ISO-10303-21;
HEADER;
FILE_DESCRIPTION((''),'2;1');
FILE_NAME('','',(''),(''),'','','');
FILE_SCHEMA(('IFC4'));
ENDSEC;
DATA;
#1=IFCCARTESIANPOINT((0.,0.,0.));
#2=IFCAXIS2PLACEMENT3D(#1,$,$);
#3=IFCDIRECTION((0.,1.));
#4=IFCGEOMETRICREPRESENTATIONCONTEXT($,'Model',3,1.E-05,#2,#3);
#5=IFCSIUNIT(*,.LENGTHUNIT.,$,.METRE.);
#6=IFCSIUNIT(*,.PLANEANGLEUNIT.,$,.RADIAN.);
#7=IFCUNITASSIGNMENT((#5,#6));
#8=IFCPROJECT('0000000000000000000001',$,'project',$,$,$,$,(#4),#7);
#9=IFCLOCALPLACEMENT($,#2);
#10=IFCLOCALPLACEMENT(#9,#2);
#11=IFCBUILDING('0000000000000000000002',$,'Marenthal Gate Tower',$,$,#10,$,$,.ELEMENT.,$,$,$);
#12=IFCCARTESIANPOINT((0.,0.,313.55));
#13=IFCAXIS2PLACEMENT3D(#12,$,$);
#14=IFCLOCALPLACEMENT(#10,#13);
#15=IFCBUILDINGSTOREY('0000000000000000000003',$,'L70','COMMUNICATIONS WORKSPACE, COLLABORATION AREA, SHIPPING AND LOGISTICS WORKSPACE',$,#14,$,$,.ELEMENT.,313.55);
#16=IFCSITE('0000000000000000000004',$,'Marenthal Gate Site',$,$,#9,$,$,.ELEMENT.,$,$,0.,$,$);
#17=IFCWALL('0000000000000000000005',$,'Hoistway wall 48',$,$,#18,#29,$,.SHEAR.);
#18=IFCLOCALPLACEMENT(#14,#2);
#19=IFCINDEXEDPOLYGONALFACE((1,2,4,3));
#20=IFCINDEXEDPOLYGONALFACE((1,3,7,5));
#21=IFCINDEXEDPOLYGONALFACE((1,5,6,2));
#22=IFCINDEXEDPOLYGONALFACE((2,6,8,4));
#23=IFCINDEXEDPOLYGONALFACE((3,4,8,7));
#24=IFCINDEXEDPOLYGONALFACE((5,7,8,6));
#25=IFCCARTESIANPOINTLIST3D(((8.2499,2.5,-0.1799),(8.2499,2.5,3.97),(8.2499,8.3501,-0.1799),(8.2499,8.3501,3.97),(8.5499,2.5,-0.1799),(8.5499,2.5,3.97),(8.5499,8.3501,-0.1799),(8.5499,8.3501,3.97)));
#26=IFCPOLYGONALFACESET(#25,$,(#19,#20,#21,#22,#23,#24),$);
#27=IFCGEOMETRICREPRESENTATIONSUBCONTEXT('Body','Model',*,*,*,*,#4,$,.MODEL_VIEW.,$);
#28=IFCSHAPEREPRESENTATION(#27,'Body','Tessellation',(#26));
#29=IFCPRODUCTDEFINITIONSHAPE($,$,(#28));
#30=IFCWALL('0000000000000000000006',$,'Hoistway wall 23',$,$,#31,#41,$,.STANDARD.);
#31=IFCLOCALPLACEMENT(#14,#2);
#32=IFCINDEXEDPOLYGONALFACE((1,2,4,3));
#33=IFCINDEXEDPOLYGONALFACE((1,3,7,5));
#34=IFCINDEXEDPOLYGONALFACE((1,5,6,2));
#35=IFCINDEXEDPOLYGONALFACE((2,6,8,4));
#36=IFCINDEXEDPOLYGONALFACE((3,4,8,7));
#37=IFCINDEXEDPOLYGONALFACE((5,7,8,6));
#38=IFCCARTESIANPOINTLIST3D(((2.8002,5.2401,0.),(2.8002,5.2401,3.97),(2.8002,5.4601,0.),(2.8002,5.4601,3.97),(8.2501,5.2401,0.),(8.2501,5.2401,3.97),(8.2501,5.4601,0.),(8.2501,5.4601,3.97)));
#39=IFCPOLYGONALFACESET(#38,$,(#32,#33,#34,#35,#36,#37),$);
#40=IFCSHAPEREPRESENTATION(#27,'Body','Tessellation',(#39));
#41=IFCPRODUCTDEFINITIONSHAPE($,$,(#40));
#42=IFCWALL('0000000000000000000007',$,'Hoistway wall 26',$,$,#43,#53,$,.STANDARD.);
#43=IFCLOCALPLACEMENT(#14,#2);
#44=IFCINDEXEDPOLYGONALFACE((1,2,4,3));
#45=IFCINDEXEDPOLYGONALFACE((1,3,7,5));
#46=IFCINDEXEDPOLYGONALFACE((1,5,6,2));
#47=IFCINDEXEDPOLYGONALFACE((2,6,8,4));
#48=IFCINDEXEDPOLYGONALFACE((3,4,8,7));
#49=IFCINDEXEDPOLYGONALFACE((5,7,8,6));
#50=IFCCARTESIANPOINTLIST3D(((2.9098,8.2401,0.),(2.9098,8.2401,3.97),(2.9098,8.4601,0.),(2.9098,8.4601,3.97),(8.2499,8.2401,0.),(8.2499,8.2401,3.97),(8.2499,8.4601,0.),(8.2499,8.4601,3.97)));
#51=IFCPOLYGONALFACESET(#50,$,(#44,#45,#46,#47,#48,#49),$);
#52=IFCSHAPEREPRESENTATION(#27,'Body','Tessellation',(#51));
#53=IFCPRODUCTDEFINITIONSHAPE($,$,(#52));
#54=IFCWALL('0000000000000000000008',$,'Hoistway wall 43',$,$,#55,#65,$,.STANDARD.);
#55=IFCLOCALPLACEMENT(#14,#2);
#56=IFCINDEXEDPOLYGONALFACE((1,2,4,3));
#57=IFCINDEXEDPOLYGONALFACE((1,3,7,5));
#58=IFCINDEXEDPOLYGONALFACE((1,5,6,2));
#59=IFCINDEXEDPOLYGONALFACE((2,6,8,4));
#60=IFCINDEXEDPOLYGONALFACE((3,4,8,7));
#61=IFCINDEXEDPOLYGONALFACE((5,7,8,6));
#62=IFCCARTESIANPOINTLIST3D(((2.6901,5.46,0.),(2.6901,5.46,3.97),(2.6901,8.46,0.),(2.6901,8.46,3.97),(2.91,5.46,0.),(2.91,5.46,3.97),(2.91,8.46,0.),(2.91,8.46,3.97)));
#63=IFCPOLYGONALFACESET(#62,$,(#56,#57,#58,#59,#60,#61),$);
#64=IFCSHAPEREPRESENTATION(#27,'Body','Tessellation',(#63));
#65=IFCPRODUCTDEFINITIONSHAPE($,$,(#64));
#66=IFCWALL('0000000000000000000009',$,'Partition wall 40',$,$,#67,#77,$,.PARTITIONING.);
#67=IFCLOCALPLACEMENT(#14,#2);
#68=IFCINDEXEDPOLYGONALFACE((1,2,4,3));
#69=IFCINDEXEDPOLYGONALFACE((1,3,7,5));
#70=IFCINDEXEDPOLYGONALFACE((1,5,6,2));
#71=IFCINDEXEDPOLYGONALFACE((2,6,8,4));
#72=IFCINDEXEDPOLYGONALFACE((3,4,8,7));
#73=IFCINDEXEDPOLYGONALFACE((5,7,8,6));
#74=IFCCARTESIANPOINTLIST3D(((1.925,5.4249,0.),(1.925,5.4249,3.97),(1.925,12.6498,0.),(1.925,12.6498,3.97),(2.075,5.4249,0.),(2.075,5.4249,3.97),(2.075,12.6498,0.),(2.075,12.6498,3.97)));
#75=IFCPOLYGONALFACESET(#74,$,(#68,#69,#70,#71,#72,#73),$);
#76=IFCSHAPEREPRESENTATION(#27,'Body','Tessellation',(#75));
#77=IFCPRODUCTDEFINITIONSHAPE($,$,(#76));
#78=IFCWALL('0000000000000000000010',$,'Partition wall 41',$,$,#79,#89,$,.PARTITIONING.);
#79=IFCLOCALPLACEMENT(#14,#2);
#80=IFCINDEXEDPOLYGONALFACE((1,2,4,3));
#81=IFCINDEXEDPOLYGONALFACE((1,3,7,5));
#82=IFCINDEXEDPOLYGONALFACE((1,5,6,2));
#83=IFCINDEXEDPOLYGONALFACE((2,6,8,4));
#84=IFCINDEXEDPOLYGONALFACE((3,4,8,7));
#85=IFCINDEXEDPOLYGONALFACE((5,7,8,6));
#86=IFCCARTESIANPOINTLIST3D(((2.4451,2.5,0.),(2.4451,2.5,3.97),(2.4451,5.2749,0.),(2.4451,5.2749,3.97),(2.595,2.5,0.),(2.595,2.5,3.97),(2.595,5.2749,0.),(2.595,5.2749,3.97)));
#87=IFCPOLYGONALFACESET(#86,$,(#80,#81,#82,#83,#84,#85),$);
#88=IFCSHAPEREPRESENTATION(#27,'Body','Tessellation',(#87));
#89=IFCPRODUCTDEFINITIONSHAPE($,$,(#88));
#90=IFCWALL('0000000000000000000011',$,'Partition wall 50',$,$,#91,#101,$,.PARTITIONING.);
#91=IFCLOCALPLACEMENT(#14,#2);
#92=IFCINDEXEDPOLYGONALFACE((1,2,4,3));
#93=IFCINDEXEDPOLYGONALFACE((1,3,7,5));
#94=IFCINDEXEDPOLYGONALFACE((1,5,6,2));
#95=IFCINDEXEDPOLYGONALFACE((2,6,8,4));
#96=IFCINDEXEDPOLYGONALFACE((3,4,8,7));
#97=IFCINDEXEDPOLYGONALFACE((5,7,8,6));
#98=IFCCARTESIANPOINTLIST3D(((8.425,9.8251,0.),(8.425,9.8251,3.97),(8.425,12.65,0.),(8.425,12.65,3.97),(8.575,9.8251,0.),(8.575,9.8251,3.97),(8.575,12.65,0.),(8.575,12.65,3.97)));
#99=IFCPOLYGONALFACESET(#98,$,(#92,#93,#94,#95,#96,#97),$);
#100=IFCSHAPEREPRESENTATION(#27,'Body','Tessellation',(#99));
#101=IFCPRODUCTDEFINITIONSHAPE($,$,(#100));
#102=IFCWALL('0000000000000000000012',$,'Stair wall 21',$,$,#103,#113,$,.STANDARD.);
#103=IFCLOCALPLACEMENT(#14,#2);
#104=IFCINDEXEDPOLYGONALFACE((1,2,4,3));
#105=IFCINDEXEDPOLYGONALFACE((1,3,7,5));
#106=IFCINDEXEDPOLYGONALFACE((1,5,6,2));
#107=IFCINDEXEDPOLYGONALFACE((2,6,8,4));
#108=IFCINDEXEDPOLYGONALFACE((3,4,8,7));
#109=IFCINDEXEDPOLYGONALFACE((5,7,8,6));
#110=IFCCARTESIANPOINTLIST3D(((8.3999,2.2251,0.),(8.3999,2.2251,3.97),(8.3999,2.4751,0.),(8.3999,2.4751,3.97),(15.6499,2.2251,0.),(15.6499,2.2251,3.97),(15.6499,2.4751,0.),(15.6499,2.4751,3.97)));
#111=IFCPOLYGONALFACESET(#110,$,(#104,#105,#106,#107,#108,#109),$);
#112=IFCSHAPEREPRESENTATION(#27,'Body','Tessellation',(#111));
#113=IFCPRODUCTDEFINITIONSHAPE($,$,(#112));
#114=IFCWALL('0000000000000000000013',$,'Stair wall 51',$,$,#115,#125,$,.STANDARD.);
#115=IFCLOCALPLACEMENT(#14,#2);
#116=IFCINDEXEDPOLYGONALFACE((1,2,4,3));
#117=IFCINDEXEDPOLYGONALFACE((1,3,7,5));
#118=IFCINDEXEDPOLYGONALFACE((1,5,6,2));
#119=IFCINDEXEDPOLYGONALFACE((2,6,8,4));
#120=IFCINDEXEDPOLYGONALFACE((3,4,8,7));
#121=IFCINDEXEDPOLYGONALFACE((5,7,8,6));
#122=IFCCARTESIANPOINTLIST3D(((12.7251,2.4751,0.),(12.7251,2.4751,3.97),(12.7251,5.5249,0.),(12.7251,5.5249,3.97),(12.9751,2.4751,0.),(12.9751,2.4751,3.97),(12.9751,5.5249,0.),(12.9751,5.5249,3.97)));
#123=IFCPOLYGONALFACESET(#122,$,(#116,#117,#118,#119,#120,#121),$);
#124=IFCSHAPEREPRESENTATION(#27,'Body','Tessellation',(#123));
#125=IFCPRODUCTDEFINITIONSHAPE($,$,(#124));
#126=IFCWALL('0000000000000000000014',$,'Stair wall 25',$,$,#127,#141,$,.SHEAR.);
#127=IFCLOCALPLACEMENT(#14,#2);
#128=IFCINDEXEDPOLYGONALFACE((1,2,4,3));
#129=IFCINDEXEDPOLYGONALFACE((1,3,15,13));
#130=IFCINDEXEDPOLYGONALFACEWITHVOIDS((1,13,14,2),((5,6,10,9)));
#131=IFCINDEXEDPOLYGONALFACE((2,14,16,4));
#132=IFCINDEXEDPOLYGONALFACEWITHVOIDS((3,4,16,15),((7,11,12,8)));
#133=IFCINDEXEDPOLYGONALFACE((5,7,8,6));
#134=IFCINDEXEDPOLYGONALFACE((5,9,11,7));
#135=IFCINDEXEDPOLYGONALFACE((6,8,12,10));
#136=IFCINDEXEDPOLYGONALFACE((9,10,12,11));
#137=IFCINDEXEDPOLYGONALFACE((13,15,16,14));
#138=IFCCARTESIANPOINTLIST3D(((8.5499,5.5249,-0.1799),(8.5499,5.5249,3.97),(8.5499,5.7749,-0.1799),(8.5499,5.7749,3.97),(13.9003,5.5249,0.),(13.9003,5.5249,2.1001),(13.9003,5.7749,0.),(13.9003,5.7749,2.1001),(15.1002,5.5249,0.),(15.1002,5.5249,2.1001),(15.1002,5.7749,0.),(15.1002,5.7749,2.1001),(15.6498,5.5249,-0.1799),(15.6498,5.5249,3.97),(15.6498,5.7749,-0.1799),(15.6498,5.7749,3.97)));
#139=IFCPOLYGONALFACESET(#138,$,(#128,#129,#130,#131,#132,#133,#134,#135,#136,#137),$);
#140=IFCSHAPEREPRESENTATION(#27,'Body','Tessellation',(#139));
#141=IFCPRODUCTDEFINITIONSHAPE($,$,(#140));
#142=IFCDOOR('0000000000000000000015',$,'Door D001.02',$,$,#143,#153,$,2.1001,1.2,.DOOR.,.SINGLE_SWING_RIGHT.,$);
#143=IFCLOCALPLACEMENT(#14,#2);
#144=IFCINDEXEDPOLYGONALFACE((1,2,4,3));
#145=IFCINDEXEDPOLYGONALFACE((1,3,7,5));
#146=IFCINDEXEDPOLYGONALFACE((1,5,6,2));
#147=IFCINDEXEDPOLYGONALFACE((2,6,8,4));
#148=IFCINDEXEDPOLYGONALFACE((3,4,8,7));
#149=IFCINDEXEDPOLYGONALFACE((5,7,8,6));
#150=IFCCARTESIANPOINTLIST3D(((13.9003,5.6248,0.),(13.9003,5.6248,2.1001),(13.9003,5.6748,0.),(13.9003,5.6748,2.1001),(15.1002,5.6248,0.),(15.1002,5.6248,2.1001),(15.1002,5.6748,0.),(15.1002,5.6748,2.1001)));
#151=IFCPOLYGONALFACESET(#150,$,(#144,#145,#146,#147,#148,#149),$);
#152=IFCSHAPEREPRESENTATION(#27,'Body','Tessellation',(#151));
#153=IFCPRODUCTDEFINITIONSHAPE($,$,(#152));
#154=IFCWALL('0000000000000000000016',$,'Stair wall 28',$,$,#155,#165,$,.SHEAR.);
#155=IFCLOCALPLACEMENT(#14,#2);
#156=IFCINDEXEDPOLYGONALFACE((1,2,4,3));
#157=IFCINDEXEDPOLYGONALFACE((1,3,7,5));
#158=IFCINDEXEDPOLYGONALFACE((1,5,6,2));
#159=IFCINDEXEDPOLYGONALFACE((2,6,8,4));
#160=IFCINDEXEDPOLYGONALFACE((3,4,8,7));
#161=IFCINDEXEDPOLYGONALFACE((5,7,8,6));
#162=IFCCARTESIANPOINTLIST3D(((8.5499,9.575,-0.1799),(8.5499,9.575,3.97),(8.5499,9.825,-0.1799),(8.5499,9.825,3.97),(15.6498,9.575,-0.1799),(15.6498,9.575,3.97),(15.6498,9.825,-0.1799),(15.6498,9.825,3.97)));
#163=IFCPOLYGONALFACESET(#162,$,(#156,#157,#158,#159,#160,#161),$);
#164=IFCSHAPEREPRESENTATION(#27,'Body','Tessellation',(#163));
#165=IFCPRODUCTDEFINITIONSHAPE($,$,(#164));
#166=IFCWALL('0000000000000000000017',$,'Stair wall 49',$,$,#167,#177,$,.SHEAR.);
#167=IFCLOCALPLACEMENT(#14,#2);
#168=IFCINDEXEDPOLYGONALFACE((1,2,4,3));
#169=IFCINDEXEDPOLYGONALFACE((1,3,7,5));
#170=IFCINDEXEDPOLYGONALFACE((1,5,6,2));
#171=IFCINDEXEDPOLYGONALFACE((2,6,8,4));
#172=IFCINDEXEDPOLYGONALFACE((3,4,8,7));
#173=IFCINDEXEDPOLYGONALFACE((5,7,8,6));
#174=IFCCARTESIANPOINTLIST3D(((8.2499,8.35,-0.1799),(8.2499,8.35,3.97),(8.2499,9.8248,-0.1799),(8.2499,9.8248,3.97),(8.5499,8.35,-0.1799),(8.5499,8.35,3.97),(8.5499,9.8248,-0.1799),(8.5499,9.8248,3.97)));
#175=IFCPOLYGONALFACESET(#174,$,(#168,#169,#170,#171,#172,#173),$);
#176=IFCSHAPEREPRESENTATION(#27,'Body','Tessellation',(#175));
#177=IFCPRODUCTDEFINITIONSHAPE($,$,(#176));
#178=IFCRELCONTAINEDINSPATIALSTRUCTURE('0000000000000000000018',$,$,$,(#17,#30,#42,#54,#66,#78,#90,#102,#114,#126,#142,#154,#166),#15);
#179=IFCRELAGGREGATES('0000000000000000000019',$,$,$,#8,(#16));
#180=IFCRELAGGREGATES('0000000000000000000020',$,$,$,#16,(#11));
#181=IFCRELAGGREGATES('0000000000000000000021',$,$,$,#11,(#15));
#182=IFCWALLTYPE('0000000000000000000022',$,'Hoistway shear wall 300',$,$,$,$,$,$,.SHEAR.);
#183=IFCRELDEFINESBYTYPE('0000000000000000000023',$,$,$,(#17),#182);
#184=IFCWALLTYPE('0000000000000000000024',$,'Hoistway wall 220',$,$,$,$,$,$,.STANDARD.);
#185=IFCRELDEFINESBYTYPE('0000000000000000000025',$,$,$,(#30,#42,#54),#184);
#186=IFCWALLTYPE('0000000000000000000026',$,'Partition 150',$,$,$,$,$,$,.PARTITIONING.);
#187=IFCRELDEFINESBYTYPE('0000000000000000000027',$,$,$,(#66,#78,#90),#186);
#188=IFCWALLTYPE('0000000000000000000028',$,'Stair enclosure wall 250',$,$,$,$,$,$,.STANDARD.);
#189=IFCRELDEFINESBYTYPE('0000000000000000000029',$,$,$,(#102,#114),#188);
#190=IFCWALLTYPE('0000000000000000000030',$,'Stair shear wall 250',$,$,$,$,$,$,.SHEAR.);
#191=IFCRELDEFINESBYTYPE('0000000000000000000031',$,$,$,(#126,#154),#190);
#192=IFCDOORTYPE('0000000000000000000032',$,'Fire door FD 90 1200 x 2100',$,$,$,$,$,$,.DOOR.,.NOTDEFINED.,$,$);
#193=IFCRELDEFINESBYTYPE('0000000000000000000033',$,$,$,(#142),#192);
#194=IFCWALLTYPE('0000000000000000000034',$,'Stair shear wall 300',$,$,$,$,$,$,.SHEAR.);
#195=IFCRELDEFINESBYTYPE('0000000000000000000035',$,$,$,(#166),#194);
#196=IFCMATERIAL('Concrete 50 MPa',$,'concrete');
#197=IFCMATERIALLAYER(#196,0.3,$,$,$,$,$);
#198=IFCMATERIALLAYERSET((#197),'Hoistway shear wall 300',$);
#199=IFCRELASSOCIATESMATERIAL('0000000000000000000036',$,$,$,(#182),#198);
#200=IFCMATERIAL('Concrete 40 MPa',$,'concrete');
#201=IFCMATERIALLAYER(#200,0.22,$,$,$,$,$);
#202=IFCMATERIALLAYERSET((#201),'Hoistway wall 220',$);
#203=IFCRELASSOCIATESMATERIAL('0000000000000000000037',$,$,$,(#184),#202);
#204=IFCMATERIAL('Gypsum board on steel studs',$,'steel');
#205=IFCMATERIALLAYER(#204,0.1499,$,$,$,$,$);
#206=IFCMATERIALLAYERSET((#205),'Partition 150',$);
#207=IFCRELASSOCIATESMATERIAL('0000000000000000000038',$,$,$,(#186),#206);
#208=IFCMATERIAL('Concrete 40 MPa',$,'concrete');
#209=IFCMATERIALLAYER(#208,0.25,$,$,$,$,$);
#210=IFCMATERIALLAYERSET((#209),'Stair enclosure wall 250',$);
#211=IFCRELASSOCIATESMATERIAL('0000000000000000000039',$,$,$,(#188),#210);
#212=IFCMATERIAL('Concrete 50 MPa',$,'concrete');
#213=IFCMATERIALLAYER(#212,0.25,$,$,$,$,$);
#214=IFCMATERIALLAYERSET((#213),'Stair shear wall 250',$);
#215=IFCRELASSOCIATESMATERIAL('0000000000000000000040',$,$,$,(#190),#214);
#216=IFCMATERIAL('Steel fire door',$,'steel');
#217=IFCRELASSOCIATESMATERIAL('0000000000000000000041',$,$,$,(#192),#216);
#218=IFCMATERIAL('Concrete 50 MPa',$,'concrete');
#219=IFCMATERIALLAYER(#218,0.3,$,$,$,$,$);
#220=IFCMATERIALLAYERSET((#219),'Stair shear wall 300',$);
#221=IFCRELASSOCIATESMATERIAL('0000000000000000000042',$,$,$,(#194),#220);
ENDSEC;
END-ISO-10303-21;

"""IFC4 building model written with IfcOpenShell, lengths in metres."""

from ifc_helpers import new_model, si_unit, direction, frame, frame_2d, origin, place, context, subcontext, project, spatial, rectangle, extrude, material, layer, layer_set, type_object, element, fill, save


model = new_model("IFC4")

# Units and contexts
model_context = context("Model", 3, precision=1e-05, world=origin(), true_north=direction((0.0, 1.0)))
body_context = subcontext(model_context, "Body", "Model", "MODEL_VIEW")
ifc_project = project(units=[si_unit("LENGTHUNIT", "METRE"), si_unit("PLANEANGLEUNIT", "RADIAN")], contexts=[model_context])

# Site, building, storey
site_placement = place(None, origin())
site = spatial("IfcSite", under=ifc_project, at=site_placement, Name="Marenthal Gate Site", CompositionType="ELEMENT", RefElevation=0.0)
building_placement = place(site_placement, origin())
building = spatial("IfcBuilding", under=site, at=building_placement, Name="Marenthal Gate Tower", CompositionType="ELEMENT")
storey_placement = place(building_placement, frame((0.0, 0.0, 313.55)))
storey = spatial("IfcBuildingStorey", under=building, at=storey_placement, Name="L70", Description="COMMUNICATIONS WORKSPACE, COLLABORATION AREA, SHIPPING AND LOGISTICS WORKSPACE", CompositionType="ELEMENT", Elevation=313.55)

# Walls
ifc_material_1 = material(Name="Concrete 50 MPa", Category="concrete")
ifc_layer_1 = layer(ifc_material_1, 0.3)
ifc_layer_set_1 = layer_set([ifc_layer_1], Name="Hoistway shear wall 300")
wall_type_1 = type_object("IfcWallType", Name="Hoistway shear wall 300", PredefinedType="SHEAR", material=ifc_layer_set_1)
wall_1_placement = place(storey_placement, frame((8.3999, 2.5, -0.1799), z_axis=(0.0, 0.0, 1.0), x_axis=(0.0, 1.0, 0.0)))
element("IfcWall", 1, at=wall_1_placement, inside=storey, type_object=wall_type_1, Name="Hoistway wall 48", PredefinedType="SHEAR", context=body_context, shape_type="SweptSolid", body=[
    extrude(rectangle(XDim=5.8501, YDim=0.3, at=frame_2d((2.925, 0.0))), origin(), (0.0, 0.0, 1.0), 4.1499),
])
ifc_material_2 = material(Name="Concrete 40 MPa", Category="concrete")
ifc_layer_2 = layer(ifc_material_2, 0.22)
ifc_layer_set_2 = layer_set([ifc_layer_2], Name="Hoistway wall 220")
wall_type_2 = type_object("IfcWallType", Name="Hoistway wall 220", PredefinedType="STANDARD", material=ifc_layer_set_2)
wall_2_placement = place(storey_placement, frame((2.8, 5.3501, 0.0), z_axis=(0.0, 0.0, 1.0), x_axis=(1.0, 0.0, 0.0)))
element("IfcWall", 2, at=wall_2_placement, inside=storey, type_object=wall_type_2, Name="Hoistway wall 23", PredefinedType="STANDARD", context=body_context, shape_type="SweptSolid", body=[
    extrude(rectangle(XDim=5.45, YDim=0.22, at=frame_2d((2.7251, 0.0))), origin(), (0.0, 0.0, 1.0), 3.97),
])
wall_3_placement = place(storey_placement, frame((2.9099, 8.3501, 0.0), z_axis=(0.0, 0.0, 1.0), x_axis=(1.0, 0.0, 0.0)))
element("IfcWall", 3, at=wall_3_placement, inside=storey, type_object=wall_type_2, Name="Hoistway wall 26", PredefinedType="STANDARD", context=body_context, shape_type="SweptSolid", body=[
    extrude(rectangle(XDim=5.3401, YDim=0.22, at=frame_2d((2.6699, 0.0))), origin(), (0.0, 0.0, 1.0), 3.97),
])
wall_4_placement = place(storey_placement, frame((2.8, 5.46, 0.0), z_axis=(0.0, 0.0, 1.0), x_axis=(0.0, 1.0, 0.0)))
element("IfcWall", 4, at=wall_4_placement, inside=storey, type_object=wall_type_2, Name="Hoistway wall 43", PredefinedType="STANDARD", context=body_context, shape_type="SweptSolid", body=[
    extrude(rectangle(XDim=3.0, YDim=0.22, at=frame_2d((1.5, 0.0))), origin(), (0.0, 0.0, 1.0), 3.97),
])
ifc_material_3 = material(Name="Gypsum board on steel studs", Category="steel")
ifc_layer_3 = layer(ifc_material_3, 0.1499)
ifc_layer_set_3 = layer_set([ifc_layer_3], Name="Partition 150")
wall_type_3 = type_object("IfcWallType", Name="Partition 150", PredefinedType="PARTITIONING", material=ifc_layer_set_3)
wall_5_placement = place(storey_placement, frame((2.0, 5.425, 0.0), z_axis=(0.0, 0.0, 1.0), x_axis=(0.0, 1.0, 0.0)))
element("IfcWall", 5, at=wall_5_placement, inside=storey, type_object=wall_type_3, Name="Partition wall 40", PredefinedType="PARTITIONING", context=body_context, shape_type="SweptSolid", body=[
    extrude(rectangle(XDim=7.2249, YDim=0.1499, at=frame_2d((3.6123, 0.0))), origin(), (0.0, 0.0, 1.0), 3.97),
])
wall_6_placement = place(storey_placement, frame((2.52, 2.5, 0.0), z_axis=(0.0, 0.0, 1.0), x_axis=(0.0, 1.0, 0.0)))
element("IfcWall", 6, at=wall_6_placement, inside=storey, type_object=wall_type_3, Name="Partition wall 41", PredefinedType="PARTITIONING", context=body_context, shape_type="SweptSolid", body=[
    extrude(rectangle(XDim=2.7749, YDim=0.1499, at=frame_2d((1.3875, 0.0))), origin(), (0.0, 0.0, 1.0), 3.97),
])
wall_7_placement = place(storey_placement, frame((8.5, 9.825, 0.0), z_axis=(0.0, 0.0, 1.0), x_axis=(0.0, 1.0, 0.0)))
element("IfcWall", 7, at=wall_7_placement, inside=storey, type_object=wall_type_3, Name="Partition wall 50", PredefinedType="PARTITIONING", context=body_context, shape_type="SweptSolid", body=[
    extrude(rectangle(XDim=2.825, YDim=0.1499, at=frame_2d((1.4126, 0.0))), origin(), (0.0, 0.0, 1.0), 3.97),
])
ifc_material_4 = material(Name="Concrete 40 MPa", Category="concrete")
ifc_layer_4 = layer(ifc_material_4, 0.25)
ifc_layer_set_4 = layer_set([ifc_layer_4], Name="Stair enclosure wall 250")
wall_type_4 = type_object("IfcWallType", Name="Stair enclosure wall 250", PredefinedType="STANDARD", material=ifc_layer_set_4)
wall_8_placement = place(storey_placement, frame((8.3999, 2.3501, 0.0), z_axis=(0.0, 0.0, 1.0), x_axis=(1.0, 0.0, 0.0)))
element("IfcWall", 8, at=wall_8_placement, inside=storey, type_object=wall_type_4, Name="Stair wall 21", PredefinedType="STANDARD", context=body_context, shape_type="SweptSolid", body=[
    extrude(rectangle(XDim=7.25, YDim=0.25, at=frame_2d((3.625, 0.0))), origin(), (0.0, 0.0, 1.0), 3.97),
])
wall_9_placement = place(storey_placement, frame((12.8501, 2.4751, 0.0), z_axis=(0.0, 0.0, 1.0), x_axis=(0.0, 1.0, 0.0)))
element("IfcWall", 9, at=wall_9_placement, inside=storey, type_object=wall_type_4, Name="Stair wall 51", PredefinedType="STANDARD", context=body_context, shape_type="SweptSolid", body=[
    extrude(rectangle(XDim=3.0498, YDim=0.25, at=frame_2d((1.5249, 0.0))), origin(), (0.0, 0.0, 1.0), 3.97),
])

# Wall, opening, door
ifc_material_5 = material(Name="Concrete 50 MPa", Category="concrete")
ifc_layer_5 = layer(ifc_material_5, 0.25)
ifc_layer_set_5 = layer_set([ifc_layer_5], Name="Stair shear wall 250")
wall_type_5 = type_object("IfcWallType", Name="Stair shear wall 250", PredefinedType="SHEAR", material=ifc_layer_set_5)
wall_10_placement = place(storey_placement, frame((8.55, 5.6499, -0.1799), z_axis=(0.0, 0.0, 1.0), x_axis=(1.0, 0.0, 0.0)))
wall_10 = element("IfcWall", 10, at=wall_10_placement, inside=storey, type_object=wall_type_5, Name="Stair wall 25", PredefinedType="SHEAR", context=body_context, shape_type="SweptSolid", body=[
    extrude(rectangle(XDim=7.0999, YDim=0.25, at=frame_2d((3.5498, 0.0))), origin(), (0.0, 0.0, 1.0), 4.1499),
])
opening_placement = place(wall_10_placement, frame((5.3501, 0.0, 0.1799)))
opening = element("IfcOpeningElement", 11, at=opening_placement, cuts=wall_10, PredefinedType="OPENING", context=body_context, shape_type="SweptSolid", body=[
    extrude(rectangle(XDim=1.2, YDim=2.1001, at=frame_2d((0.6001, 1.05))), frame((0.0, 0.135, 0.0), z_axis=(0.0, -1.0, 0.0), x_axis=(1.0, 0.0, 0.0)), (0.0, 0.0, 1.0), 0.27),
])
ifc_material_6 = material(Name="Steel fire door", Category="steel")
door_type = type_object("IfcDoorType", Name="Fire door FD 90 1200 x 2100", OperationType="NOTDEFINED", PredefinedType="DOOR", material=ifc_material_6)
door_placement = place(opening_placement, origin())
door = element("IfcDoor", 12, at=door_placement, inside=storey, type_object=door_type, Name="Door D001.02", OperationType="SINGLE_SWING_RIGHT", OverallHeight=2.1001, OverallWidth=1.2, PredefinedType="DOOR", context=body_context, shape_type="SweptSolid", body=[
    extrude(rectangle(XDim=1.2, YDim=2.1001, at=frame_2d((0.6001, 1.05))), frame((0.0, 0.0249, 0.0), z_axis=(0.0, -1.0, 0.0), x_axis=(1.0, 0.0, 0.0)), (0.0, 0.0, 1.0), 0.05),
])
fill(opening, door)

# Walls
wall_11_placement = place(storey_placement, frame((8.55, 9.7, -0.1799), z_axis=(0.0, 0.0, 1.0), x_axis=(1.0, 0.0, 0.0)))
element("IfcWall", 13, at=wall_11_placement, inside=storey, type_object=wall_type_5, Name="Stair wall 28", PredefinedType="SHEAR", context=body_context, shape_type="SweptSolid", body=[
    extrude(rectangle(XDim=7.0999, YDim=0.25, at=frame_2d((3.5498, 0.0))), origin(), (0.0, 0.0, 1.0), 4.1499),
])
ifc_material_7 = material(Name="Concrete 50 MPa", Category="concrete")
ifc_layer_6 = layer(ifc_material_7, 0.3)
ifc_layer_set_6 = layer_set([ifc_layer_6], Name="Stair shear wall 300")
wall_type_6 = type_object("IfcWallType", Name="Stair shear wall 300", PredefinedType="SHEAR", material=ifc_layer_set_6)
wall_12_placement = place(storey_placement, frame((8.3999, 8.3501, -0.1799), z_axis=(0.0, 0.0, 1.0), x_axis=(0.0, 1.0, 0.0)))
element("IfcWall", 14, at=wall_12_placement, inside=storey, type_object=wall_type_6, Name="Stair wall 49", PredefinedType="SHEAR", context=body_context, shape_type="SweptSolid", body=[
    extrude(rectangle(XDim=1.4749, YDim=0.3, at=frame_2d((0.7373, 0.0))), origin(), (0.0, 0.0, 1.0), 4.1499),
])

save(model, "model.ifc")
